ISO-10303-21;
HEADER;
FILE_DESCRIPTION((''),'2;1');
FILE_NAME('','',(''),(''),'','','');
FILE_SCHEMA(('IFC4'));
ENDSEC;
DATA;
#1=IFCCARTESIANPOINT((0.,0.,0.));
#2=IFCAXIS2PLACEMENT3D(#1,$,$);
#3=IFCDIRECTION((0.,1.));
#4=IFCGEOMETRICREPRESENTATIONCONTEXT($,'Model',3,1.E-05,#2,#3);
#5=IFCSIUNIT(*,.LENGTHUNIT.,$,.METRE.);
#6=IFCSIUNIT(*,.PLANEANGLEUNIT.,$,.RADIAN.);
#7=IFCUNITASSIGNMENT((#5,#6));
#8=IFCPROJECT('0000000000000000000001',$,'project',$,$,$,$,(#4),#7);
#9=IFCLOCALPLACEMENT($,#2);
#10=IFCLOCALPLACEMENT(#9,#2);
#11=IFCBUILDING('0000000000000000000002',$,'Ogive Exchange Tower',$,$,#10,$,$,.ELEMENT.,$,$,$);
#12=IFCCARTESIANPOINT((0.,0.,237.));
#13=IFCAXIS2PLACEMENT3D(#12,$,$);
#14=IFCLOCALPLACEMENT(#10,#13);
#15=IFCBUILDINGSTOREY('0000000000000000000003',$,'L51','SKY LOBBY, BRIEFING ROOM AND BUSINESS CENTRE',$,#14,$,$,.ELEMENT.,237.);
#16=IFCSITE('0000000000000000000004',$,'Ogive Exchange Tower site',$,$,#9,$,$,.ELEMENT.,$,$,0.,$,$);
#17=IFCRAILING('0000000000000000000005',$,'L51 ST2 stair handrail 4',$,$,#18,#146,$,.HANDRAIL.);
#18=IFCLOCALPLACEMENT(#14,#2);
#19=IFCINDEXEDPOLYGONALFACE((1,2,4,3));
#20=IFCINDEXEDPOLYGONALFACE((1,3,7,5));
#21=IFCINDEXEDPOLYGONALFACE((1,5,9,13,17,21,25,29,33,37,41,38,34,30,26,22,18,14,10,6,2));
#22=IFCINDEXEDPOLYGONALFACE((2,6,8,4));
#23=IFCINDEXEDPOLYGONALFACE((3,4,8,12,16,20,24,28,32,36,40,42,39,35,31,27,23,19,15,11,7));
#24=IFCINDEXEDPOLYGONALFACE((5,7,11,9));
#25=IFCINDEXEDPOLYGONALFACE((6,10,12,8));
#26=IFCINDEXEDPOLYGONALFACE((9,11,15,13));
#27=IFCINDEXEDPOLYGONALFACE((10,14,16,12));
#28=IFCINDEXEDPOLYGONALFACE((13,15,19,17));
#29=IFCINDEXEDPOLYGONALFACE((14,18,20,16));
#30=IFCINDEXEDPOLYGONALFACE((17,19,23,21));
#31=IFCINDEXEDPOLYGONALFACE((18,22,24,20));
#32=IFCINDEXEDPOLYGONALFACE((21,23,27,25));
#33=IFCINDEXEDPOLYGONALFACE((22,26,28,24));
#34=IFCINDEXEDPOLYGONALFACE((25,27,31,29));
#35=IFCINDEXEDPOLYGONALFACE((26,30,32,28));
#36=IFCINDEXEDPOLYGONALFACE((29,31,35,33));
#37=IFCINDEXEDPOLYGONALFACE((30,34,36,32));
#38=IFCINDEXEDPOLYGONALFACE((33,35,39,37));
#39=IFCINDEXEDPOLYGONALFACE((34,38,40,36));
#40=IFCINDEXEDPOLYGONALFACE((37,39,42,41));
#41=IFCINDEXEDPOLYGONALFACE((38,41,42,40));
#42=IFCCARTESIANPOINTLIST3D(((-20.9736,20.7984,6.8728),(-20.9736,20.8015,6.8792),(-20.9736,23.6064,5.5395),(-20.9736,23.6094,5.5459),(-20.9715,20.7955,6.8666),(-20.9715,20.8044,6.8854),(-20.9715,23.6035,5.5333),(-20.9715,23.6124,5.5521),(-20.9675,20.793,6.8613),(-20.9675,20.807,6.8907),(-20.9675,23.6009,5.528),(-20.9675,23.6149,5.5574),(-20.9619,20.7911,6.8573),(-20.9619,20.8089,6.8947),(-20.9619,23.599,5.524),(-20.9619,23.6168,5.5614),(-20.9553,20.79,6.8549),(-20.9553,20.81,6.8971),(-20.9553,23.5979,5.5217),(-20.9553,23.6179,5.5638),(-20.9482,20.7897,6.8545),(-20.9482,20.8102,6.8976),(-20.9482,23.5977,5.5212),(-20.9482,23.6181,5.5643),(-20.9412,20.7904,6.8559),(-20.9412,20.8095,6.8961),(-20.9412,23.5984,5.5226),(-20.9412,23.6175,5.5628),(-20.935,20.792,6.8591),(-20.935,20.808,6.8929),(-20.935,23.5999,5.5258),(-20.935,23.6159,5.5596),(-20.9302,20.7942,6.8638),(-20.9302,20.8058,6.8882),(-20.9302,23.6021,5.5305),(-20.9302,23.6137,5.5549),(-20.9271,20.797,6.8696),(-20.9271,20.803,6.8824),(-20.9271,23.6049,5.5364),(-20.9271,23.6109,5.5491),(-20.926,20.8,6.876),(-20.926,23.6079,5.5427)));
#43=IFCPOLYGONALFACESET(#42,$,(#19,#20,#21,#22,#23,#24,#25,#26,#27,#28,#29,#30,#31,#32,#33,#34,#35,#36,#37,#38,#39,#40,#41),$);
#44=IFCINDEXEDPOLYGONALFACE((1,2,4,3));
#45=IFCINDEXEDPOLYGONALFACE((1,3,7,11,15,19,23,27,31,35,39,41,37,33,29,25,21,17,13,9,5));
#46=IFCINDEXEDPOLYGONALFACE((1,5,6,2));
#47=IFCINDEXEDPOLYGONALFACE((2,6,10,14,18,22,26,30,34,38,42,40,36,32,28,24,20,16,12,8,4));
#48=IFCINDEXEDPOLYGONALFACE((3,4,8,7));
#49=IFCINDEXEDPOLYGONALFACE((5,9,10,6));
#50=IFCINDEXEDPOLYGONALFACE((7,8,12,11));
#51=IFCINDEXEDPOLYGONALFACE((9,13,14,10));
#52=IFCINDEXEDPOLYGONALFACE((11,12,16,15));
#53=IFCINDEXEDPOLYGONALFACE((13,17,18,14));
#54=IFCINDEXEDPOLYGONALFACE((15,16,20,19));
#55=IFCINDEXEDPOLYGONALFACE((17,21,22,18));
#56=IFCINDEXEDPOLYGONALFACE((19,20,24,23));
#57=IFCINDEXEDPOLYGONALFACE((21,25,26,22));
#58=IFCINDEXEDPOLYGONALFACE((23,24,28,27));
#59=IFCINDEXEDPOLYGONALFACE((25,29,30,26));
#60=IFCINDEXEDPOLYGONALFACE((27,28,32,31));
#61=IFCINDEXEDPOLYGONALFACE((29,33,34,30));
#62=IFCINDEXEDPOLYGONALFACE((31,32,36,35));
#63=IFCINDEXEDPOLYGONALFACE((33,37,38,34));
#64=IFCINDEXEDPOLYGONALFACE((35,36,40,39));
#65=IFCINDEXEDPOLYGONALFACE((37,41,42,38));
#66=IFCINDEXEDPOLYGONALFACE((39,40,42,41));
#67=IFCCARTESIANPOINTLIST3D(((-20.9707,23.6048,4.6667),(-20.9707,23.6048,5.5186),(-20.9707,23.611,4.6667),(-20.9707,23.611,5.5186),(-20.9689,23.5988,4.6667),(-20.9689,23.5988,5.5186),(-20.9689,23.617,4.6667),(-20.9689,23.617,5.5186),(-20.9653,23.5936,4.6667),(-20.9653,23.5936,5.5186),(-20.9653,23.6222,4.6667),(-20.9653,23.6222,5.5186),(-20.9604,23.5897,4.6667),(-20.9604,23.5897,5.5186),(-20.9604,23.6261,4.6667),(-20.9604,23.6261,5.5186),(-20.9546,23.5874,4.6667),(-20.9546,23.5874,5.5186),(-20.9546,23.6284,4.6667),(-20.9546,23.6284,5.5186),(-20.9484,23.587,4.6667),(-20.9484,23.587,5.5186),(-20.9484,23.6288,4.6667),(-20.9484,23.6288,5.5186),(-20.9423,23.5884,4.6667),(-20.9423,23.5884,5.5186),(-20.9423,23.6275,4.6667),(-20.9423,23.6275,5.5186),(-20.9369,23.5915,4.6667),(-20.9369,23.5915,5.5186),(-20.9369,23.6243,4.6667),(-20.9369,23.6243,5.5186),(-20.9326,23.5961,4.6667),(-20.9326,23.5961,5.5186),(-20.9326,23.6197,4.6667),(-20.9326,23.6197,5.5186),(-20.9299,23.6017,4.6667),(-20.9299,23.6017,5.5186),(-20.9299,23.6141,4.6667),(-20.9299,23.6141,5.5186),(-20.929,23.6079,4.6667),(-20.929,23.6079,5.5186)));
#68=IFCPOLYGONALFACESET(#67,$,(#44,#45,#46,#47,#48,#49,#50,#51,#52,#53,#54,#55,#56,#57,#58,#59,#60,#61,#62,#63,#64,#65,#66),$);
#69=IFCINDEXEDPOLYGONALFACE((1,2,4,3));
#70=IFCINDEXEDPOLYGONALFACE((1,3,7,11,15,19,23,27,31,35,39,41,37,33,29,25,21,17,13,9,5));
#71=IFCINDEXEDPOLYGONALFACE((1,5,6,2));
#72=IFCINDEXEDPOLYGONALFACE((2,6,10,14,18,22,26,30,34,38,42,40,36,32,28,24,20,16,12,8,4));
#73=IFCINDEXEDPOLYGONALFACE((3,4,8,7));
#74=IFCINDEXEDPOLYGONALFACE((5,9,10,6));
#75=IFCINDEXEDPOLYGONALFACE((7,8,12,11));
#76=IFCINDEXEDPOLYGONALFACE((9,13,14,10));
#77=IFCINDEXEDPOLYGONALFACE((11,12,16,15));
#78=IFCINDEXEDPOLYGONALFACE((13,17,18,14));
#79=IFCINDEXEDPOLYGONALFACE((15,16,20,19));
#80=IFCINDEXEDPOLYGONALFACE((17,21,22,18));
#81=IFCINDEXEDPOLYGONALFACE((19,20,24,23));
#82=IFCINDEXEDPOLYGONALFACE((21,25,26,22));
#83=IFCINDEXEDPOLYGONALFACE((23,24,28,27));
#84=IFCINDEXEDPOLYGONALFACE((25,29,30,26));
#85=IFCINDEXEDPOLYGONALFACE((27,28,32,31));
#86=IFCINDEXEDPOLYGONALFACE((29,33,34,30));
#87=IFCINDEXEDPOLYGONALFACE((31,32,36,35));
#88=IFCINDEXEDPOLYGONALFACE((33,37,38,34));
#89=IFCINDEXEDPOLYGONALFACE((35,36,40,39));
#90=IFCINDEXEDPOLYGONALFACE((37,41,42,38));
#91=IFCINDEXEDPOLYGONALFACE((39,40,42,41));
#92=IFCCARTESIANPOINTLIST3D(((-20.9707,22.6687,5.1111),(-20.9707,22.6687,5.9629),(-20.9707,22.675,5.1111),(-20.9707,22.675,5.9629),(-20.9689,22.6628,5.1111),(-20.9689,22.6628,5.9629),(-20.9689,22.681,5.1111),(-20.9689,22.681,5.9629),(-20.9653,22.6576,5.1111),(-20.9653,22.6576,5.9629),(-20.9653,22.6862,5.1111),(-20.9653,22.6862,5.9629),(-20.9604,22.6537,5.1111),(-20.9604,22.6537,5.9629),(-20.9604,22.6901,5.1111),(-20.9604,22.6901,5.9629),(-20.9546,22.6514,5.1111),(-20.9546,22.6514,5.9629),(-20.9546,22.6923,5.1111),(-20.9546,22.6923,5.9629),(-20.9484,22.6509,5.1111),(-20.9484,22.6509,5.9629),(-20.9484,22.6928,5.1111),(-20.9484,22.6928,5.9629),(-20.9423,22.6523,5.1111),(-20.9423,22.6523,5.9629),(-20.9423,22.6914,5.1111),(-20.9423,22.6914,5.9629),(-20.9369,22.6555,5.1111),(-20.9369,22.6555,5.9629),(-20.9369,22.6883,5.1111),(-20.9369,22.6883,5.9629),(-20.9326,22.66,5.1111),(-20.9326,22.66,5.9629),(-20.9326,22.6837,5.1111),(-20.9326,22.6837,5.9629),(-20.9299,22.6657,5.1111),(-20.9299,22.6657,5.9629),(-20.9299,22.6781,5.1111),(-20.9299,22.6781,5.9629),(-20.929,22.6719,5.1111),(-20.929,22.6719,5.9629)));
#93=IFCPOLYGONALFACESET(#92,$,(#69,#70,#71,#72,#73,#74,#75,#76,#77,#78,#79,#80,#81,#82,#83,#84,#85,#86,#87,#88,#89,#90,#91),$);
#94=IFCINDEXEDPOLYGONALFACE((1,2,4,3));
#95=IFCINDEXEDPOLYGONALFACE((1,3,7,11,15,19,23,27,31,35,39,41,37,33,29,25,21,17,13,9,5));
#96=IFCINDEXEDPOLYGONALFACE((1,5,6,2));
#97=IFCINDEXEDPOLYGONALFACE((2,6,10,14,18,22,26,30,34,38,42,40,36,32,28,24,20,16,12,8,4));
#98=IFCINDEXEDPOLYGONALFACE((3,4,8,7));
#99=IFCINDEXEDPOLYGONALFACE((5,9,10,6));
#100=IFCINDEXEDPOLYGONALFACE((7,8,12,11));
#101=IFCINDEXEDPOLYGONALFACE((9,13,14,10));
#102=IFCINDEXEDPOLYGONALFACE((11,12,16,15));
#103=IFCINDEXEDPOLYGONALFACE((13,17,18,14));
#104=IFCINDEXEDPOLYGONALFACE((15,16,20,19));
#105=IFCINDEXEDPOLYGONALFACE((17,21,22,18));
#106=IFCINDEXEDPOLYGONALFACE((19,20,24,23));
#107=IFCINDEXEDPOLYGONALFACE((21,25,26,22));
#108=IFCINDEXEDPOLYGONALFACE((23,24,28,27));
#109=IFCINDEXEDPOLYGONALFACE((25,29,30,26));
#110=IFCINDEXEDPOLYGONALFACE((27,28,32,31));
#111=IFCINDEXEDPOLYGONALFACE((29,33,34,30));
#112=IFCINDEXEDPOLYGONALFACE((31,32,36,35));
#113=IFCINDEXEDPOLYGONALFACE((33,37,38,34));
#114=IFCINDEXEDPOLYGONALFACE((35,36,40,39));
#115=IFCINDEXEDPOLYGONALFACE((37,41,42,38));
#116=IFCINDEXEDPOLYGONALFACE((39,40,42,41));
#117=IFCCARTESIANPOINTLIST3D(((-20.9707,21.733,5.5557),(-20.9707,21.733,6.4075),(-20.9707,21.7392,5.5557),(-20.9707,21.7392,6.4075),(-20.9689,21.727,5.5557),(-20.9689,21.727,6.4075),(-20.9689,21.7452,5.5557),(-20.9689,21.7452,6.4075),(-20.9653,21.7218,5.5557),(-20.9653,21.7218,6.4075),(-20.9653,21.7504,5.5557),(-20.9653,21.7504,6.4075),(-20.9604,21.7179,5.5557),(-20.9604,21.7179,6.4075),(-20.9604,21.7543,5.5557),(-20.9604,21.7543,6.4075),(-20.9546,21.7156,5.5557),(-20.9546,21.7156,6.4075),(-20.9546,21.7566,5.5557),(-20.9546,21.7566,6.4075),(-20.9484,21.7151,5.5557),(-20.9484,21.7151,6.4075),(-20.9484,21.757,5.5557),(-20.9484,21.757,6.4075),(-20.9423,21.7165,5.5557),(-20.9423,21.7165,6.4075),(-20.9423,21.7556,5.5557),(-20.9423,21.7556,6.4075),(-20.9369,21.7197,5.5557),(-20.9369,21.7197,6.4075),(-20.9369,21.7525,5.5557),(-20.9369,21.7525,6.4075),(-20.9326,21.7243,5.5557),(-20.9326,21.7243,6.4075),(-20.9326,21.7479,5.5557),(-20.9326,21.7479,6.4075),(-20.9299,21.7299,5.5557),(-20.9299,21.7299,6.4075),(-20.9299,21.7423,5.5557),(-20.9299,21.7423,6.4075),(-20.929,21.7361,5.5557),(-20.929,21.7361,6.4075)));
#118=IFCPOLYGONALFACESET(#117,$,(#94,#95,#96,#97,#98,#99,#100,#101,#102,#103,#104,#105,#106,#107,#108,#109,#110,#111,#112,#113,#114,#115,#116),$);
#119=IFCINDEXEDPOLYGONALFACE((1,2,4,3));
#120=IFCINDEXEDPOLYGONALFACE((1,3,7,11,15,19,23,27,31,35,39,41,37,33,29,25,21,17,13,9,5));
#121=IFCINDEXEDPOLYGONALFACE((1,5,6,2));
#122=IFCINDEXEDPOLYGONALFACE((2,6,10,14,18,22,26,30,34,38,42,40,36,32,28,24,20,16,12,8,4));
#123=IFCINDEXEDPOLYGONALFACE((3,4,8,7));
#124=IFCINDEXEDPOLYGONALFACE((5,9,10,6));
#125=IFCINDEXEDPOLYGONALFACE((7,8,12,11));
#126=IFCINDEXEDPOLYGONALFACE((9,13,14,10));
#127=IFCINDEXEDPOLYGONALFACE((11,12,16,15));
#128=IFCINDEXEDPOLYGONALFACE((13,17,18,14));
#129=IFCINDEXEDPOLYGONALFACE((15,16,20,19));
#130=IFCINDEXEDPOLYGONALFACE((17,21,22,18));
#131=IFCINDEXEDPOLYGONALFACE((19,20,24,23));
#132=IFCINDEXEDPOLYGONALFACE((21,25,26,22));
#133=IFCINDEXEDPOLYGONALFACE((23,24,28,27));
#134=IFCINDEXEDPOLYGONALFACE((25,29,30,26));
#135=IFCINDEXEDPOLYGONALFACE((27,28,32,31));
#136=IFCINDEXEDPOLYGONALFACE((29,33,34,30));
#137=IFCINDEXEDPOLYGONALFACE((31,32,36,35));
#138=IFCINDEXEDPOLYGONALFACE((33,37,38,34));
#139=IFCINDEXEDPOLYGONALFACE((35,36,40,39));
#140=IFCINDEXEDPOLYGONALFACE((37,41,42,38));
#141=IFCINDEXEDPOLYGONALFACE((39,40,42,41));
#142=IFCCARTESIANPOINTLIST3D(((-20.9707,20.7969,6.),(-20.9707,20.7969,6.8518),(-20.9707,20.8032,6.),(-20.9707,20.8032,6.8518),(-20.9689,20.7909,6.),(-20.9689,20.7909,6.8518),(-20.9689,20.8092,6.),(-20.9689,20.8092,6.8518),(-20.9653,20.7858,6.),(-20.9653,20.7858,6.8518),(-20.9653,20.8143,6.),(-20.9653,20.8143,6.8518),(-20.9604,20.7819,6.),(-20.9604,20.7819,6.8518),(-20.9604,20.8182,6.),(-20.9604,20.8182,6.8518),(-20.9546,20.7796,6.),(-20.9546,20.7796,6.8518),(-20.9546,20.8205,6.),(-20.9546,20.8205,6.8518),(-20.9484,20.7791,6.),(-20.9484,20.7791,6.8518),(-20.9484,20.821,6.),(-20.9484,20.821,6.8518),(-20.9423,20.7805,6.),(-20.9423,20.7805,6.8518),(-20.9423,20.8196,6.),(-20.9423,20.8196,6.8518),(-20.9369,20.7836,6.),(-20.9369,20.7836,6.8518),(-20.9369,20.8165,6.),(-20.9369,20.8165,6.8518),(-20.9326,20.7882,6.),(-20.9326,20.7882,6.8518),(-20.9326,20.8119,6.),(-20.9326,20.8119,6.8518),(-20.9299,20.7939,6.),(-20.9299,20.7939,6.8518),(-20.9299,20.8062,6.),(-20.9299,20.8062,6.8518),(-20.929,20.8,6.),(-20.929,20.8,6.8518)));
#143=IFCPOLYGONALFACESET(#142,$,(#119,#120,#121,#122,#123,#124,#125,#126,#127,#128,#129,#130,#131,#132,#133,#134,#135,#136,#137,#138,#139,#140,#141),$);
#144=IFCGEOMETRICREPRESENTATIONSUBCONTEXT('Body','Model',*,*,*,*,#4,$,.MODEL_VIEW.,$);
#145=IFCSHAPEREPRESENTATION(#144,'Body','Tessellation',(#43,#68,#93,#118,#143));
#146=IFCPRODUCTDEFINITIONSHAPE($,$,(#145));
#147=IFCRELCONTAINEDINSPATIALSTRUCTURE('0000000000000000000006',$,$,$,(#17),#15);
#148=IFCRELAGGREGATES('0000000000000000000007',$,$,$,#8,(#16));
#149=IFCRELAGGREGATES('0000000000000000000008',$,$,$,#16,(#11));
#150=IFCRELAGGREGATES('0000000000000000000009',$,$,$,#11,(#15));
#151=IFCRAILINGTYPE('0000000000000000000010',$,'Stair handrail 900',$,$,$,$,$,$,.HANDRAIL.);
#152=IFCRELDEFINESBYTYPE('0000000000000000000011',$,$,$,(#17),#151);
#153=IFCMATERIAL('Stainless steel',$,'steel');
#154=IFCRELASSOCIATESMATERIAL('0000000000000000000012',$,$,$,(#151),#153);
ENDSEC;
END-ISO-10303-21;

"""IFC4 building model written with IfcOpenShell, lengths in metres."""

from ifc_helpers import new_model, si_unit, direction, frame, origin, origin_2d, place, context, subcontext, project, spatial, circle, extrude, material, type_object, element, save


model = new_model("IFC4")

# Units and contexts
model_context = context("Model", 3, precision=1e-05, world=origin(), true_north=direction((0.0, 1.0)))
body_context = subcontext(model_context, "Body", "Model", "MODEL_VIEW")
ifc_project = project(units=[si_unit("LENGTHUNIT", "METRE"), si_unit("PLANEANGLEUNIT", "RADIAN")], contexts=[model_context])

# Site, building, storey
site_placement = place(None, origin())
site = spatial("IfcSite", under=ifc_project, at=site_placement, Name="Ogive Exchange Tower site", CompositionType="ELEMENT", RefElevation=0.0)
building_placement = place(site_placement, origin())
building = spatial("IfcBuilding", under=site, at=building_placement, Name="Ogive Exchange Tower", CompositionType="ELEMENT")
storey_placement = place(building_placement, frame((0.0, 0.0, 237.0)))
storey = spatial("IfcBuildingStorey", under=building, at=storey_placement, Name="L51", Description="SKY LOBBY, BRIEFING ROOM AND BUSINESS CENTRE", CompositionType="ELEMENT", Elevation=237.0)

# Railing
ifc_material_1 = material(Name="Stainless steel", Category="steel")
railing_type = type_object("IfcRailingType", Name="Stair handrail 900", PredefinedType="HANDRAIL", material=ifc_material_1)
railing_1_placement = place(storey_placement, frame((-20.95, 23.6079, 4.6667)))
element("IfcRailing", 1, at=railing_1_placement, inside=storey, type_object=railing_type, Name="L51 ST2 stair handrail 4", PredefinedType="HANDRAIL", context=body_context, shape_type="SweptSolid", body=[
    extrude(circle(Radius=0.0239, at=origin_2d()), frame((0.0, 0.0, 0.876), z_axis=(0.0, -0.903338, 0.42893), x_axis=(1.0, 0.0, 0.0)), (0.0, 0.0, 1.0), 3.1084),
    extrude(circle(Radius=0.021, at=origin_2d()), origin(), (0.0, 0.0, 1.0), 0.8518),
    extrude(circle(Radius=0.021, at=origin_2d()), frame((0.0, -0.936, 0.4443)), (0.0, 0.0, 1.0), 0.8518),
    extrude(circle(Radius=0.021, at=origin_2d()), frame((0.0, -1.8718, 0.8889)), (0.0, 0.0, 1.0), 0.8518),
    extrude(circle(Radius=0.021, at=origin_2d()), frame((0.0, -2.8079, 1.3333)), (0.0, 0.0, 1.0), 0.8518),
])

save(model, "model.ifc")
